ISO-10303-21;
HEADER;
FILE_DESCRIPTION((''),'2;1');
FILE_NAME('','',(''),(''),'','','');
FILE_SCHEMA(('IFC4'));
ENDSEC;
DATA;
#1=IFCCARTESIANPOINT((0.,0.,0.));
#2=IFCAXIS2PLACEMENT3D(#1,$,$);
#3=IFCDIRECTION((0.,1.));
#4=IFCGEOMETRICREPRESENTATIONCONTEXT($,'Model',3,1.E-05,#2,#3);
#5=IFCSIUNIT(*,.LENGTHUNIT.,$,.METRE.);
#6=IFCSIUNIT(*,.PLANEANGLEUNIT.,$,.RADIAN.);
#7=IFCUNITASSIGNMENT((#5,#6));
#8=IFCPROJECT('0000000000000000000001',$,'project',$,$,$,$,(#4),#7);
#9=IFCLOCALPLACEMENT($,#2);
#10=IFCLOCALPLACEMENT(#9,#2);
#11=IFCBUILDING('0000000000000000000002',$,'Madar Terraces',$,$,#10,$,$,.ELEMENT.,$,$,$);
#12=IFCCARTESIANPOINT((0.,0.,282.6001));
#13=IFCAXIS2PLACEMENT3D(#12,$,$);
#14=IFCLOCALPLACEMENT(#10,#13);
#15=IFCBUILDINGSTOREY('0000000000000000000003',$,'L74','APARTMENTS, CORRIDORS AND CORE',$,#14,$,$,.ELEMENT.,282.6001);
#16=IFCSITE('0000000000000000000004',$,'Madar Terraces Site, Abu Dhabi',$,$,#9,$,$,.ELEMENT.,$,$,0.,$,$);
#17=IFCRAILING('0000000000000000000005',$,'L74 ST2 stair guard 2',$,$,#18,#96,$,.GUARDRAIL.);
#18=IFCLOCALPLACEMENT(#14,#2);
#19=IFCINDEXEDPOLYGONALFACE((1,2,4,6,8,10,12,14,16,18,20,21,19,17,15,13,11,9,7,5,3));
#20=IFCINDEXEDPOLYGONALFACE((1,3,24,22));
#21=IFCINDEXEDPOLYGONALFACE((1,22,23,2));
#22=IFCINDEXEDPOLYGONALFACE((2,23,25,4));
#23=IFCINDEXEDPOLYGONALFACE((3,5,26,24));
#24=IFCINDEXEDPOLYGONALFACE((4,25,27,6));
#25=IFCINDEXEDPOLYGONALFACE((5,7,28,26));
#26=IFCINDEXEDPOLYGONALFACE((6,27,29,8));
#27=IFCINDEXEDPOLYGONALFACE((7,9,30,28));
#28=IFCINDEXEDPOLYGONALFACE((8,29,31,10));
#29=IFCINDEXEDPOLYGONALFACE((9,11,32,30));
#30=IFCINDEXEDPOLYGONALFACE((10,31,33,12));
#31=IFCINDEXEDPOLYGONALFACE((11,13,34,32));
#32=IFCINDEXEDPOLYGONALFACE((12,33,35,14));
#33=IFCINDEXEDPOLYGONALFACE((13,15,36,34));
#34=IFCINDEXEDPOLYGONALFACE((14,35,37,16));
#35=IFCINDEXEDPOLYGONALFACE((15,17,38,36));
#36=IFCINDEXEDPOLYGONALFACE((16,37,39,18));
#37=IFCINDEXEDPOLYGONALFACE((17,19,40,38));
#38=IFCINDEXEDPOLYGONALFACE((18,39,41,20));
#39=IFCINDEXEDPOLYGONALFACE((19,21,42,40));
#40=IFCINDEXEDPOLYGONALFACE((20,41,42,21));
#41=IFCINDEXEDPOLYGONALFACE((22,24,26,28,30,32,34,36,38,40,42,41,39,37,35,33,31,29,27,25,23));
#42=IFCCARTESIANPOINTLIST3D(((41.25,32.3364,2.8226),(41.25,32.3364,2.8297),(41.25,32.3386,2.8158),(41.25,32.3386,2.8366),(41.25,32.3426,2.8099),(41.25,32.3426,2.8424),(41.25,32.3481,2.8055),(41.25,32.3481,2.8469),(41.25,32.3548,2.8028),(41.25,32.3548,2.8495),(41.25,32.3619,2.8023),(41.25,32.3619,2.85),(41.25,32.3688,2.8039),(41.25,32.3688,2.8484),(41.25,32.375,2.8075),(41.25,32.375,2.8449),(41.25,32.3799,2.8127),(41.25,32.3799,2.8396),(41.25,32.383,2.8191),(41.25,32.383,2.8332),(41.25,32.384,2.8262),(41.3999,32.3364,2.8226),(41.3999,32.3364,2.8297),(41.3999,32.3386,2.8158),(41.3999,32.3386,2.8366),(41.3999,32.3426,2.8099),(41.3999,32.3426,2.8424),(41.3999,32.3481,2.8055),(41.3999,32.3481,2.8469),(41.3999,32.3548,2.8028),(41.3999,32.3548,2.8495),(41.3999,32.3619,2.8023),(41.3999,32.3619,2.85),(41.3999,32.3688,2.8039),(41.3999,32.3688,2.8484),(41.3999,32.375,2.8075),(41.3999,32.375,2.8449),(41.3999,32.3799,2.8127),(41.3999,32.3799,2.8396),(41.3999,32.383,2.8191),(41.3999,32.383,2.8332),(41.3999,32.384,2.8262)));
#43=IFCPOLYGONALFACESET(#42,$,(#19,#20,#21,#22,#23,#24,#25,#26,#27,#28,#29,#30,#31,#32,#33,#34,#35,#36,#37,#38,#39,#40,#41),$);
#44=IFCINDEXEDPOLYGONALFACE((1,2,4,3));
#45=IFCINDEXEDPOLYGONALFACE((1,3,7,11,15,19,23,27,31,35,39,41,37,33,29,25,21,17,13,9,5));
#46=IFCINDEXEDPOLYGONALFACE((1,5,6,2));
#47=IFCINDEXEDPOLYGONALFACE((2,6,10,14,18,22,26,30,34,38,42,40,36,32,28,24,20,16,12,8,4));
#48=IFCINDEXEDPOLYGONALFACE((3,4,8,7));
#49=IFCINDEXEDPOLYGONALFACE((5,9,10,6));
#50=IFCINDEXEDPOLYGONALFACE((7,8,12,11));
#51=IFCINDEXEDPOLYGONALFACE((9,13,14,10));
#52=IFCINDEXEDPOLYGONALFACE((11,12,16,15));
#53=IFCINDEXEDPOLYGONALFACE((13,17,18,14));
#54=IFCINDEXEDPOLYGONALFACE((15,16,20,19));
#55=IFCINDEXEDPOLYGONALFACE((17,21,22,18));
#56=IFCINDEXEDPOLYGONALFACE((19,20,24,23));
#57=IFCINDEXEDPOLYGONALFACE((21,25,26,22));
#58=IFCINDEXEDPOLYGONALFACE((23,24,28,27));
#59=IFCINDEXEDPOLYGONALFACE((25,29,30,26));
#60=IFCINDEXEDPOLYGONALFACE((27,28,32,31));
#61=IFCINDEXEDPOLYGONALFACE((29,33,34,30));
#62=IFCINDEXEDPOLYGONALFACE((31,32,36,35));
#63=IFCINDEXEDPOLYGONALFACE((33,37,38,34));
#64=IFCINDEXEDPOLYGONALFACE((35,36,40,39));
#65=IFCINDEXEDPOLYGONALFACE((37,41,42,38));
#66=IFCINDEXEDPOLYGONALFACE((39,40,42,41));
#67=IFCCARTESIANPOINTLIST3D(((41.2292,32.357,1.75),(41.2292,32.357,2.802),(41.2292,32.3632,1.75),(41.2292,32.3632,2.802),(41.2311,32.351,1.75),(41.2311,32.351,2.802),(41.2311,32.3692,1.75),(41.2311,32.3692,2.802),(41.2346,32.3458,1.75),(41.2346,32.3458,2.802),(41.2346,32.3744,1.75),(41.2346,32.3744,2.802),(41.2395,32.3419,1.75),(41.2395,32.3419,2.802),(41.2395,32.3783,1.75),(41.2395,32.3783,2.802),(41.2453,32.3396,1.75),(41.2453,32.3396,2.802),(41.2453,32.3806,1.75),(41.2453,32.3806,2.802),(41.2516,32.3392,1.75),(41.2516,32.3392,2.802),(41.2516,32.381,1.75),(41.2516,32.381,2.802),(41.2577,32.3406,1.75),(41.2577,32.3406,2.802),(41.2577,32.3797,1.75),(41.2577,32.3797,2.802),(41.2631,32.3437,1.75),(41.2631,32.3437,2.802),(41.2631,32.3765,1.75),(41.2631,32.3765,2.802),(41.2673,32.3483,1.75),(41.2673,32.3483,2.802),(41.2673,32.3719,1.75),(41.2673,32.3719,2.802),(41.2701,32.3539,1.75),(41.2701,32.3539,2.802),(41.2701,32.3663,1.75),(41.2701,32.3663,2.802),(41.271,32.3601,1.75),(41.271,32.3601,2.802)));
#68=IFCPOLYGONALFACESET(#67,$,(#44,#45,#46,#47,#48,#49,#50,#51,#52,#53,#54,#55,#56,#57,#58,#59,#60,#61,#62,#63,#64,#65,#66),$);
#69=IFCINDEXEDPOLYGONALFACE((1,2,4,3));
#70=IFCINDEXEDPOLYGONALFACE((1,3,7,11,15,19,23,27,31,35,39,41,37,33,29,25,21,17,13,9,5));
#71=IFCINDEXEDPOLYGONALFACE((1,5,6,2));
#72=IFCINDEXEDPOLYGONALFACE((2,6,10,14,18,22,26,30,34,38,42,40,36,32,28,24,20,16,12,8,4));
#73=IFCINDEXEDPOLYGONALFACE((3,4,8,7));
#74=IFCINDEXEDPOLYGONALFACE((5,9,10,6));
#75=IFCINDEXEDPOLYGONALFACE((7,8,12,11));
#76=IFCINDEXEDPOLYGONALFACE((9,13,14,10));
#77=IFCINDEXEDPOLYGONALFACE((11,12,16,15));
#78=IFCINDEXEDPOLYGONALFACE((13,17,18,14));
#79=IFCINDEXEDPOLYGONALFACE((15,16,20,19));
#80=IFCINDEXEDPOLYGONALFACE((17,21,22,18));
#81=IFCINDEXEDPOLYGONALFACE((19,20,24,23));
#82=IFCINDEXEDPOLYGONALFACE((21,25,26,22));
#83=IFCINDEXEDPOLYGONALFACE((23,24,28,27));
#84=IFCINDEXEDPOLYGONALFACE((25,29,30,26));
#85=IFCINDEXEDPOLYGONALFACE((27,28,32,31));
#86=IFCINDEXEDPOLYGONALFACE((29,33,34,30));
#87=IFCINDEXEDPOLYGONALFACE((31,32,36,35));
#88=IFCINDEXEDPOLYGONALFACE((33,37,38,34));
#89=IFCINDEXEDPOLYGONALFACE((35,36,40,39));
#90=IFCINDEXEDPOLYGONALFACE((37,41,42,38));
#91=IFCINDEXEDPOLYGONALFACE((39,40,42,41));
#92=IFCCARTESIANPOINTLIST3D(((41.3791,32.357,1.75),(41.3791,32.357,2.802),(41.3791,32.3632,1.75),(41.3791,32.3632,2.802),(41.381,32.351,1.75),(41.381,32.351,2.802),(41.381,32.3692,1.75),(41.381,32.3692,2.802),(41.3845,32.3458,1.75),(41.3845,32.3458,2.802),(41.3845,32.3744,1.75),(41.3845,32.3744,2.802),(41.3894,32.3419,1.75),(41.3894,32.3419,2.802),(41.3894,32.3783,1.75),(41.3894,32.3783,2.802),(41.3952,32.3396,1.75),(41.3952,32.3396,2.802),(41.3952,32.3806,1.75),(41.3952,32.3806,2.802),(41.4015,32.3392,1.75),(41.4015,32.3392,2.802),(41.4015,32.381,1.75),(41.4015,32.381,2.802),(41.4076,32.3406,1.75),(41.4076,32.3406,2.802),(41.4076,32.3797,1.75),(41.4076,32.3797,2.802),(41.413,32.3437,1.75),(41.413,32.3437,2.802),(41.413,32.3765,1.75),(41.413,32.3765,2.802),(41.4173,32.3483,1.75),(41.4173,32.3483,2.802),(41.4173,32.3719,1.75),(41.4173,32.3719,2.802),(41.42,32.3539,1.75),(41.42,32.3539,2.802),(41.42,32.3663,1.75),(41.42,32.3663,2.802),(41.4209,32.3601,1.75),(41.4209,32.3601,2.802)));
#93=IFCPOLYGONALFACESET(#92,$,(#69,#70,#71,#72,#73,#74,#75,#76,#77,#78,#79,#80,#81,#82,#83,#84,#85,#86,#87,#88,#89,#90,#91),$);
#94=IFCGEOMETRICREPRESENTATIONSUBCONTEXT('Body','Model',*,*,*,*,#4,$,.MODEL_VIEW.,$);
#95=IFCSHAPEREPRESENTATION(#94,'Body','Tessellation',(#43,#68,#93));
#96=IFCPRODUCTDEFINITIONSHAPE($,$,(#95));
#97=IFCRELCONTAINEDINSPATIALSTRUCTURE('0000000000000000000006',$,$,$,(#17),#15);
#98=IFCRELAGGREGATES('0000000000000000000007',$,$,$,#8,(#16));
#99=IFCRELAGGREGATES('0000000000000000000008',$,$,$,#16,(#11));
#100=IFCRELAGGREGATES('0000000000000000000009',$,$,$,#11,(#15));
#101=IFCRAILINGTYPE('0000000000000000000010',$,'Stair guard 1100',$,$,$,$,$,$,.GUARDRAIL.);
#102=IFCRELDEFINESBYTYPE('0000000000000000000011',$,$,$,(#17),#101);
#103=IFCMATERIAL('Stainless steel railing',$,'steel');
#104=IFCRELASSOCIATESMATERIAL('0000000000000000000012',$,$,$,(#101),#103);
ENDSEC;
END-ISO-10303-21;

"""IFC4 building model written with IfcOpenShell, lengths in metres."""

from ifc_helpers import new_model, si_unit, direction, frame, origin, origin_2d, place, context, subcontext, project, spatial, circle, extrude, material, type_object, element, save


model = new_model("IFC4")

# Units and contexts
model_context = context("Model", 3, precision=1e-05, world=origin(), true_north=direction((0.0, 1.0)))
body_context = subcontext(model_context, "Body", "Model", "MODEL_VIEW")
ifc_project = project(units=[si_unit("LENGTHUNIT", "METRE"), si_unit("PLANEANGLEUNIT", "RADIAN")], contexts=[model_context])

# Site, building, storey
site_placement = place(None, origin())
site = spatial("IfcSite", under=ifc_project, at=site_placement, Name="Madar Terraces Site, Abu Dhabi", CompositionType="ELEMENT", RefElevation=0.0)
building_placement = place(site_placement, origin())
building = spatial("IfcBuilding", under=site, at=building_placement, Name="Madar Terraces", CompositionType="ELEMENT")
storey_placement = place(building_placement, frame((0.0, 0.0, 282.6001)))
storey = spatial("IfcBuildingStorey", under=building, at=storey_placement, Name="L74", Description="APARTMENTS, CORRIDORS AND CORE", CompositionType="ELEMENT", Elevation=282.6001)

# Railing
ifc_material_1 = material(Name="Stainless steel railing", Category="steel")
railing_type_1 = type_object("IfcRailingType", Name="Stair guard 1100", PredefinedType="GUARDRAIL", material=ifc_material_1)
railing_1_placement = place(storey_placement, frame((41.25, 32.3601, 1.75)))
element("IfcRailing", 1, at=railing_1_placement, inside=storey, type_object=railing_type_1, Name="L74 ST2 stair guard 2", PredefinedType="GUARDRAIL", context=body_context, shape_type="SweptSolid", body=[
    extrude(circle(Radius=0.0239, at=origin_2d()), frame((0.0, 0.0, 1.0762), z_axis=(1.0, 0.0, 0.0), x_axis=(0.0, 1.0, 0.0)), (0.0, 0.0, 1.0), 0.1499),
    extrude(circle(Radius=0.021, at=origin_2d()), origin(), (0.0, 0.0, 1.0), 1.052),
    extrude(circle(Radius=0.021, at=origin_2d()), frame((0.1499, 0.0, 0.0)), (0.0, 0.0, 1.0), 1.052),
])

save(model, "model.ifc")
